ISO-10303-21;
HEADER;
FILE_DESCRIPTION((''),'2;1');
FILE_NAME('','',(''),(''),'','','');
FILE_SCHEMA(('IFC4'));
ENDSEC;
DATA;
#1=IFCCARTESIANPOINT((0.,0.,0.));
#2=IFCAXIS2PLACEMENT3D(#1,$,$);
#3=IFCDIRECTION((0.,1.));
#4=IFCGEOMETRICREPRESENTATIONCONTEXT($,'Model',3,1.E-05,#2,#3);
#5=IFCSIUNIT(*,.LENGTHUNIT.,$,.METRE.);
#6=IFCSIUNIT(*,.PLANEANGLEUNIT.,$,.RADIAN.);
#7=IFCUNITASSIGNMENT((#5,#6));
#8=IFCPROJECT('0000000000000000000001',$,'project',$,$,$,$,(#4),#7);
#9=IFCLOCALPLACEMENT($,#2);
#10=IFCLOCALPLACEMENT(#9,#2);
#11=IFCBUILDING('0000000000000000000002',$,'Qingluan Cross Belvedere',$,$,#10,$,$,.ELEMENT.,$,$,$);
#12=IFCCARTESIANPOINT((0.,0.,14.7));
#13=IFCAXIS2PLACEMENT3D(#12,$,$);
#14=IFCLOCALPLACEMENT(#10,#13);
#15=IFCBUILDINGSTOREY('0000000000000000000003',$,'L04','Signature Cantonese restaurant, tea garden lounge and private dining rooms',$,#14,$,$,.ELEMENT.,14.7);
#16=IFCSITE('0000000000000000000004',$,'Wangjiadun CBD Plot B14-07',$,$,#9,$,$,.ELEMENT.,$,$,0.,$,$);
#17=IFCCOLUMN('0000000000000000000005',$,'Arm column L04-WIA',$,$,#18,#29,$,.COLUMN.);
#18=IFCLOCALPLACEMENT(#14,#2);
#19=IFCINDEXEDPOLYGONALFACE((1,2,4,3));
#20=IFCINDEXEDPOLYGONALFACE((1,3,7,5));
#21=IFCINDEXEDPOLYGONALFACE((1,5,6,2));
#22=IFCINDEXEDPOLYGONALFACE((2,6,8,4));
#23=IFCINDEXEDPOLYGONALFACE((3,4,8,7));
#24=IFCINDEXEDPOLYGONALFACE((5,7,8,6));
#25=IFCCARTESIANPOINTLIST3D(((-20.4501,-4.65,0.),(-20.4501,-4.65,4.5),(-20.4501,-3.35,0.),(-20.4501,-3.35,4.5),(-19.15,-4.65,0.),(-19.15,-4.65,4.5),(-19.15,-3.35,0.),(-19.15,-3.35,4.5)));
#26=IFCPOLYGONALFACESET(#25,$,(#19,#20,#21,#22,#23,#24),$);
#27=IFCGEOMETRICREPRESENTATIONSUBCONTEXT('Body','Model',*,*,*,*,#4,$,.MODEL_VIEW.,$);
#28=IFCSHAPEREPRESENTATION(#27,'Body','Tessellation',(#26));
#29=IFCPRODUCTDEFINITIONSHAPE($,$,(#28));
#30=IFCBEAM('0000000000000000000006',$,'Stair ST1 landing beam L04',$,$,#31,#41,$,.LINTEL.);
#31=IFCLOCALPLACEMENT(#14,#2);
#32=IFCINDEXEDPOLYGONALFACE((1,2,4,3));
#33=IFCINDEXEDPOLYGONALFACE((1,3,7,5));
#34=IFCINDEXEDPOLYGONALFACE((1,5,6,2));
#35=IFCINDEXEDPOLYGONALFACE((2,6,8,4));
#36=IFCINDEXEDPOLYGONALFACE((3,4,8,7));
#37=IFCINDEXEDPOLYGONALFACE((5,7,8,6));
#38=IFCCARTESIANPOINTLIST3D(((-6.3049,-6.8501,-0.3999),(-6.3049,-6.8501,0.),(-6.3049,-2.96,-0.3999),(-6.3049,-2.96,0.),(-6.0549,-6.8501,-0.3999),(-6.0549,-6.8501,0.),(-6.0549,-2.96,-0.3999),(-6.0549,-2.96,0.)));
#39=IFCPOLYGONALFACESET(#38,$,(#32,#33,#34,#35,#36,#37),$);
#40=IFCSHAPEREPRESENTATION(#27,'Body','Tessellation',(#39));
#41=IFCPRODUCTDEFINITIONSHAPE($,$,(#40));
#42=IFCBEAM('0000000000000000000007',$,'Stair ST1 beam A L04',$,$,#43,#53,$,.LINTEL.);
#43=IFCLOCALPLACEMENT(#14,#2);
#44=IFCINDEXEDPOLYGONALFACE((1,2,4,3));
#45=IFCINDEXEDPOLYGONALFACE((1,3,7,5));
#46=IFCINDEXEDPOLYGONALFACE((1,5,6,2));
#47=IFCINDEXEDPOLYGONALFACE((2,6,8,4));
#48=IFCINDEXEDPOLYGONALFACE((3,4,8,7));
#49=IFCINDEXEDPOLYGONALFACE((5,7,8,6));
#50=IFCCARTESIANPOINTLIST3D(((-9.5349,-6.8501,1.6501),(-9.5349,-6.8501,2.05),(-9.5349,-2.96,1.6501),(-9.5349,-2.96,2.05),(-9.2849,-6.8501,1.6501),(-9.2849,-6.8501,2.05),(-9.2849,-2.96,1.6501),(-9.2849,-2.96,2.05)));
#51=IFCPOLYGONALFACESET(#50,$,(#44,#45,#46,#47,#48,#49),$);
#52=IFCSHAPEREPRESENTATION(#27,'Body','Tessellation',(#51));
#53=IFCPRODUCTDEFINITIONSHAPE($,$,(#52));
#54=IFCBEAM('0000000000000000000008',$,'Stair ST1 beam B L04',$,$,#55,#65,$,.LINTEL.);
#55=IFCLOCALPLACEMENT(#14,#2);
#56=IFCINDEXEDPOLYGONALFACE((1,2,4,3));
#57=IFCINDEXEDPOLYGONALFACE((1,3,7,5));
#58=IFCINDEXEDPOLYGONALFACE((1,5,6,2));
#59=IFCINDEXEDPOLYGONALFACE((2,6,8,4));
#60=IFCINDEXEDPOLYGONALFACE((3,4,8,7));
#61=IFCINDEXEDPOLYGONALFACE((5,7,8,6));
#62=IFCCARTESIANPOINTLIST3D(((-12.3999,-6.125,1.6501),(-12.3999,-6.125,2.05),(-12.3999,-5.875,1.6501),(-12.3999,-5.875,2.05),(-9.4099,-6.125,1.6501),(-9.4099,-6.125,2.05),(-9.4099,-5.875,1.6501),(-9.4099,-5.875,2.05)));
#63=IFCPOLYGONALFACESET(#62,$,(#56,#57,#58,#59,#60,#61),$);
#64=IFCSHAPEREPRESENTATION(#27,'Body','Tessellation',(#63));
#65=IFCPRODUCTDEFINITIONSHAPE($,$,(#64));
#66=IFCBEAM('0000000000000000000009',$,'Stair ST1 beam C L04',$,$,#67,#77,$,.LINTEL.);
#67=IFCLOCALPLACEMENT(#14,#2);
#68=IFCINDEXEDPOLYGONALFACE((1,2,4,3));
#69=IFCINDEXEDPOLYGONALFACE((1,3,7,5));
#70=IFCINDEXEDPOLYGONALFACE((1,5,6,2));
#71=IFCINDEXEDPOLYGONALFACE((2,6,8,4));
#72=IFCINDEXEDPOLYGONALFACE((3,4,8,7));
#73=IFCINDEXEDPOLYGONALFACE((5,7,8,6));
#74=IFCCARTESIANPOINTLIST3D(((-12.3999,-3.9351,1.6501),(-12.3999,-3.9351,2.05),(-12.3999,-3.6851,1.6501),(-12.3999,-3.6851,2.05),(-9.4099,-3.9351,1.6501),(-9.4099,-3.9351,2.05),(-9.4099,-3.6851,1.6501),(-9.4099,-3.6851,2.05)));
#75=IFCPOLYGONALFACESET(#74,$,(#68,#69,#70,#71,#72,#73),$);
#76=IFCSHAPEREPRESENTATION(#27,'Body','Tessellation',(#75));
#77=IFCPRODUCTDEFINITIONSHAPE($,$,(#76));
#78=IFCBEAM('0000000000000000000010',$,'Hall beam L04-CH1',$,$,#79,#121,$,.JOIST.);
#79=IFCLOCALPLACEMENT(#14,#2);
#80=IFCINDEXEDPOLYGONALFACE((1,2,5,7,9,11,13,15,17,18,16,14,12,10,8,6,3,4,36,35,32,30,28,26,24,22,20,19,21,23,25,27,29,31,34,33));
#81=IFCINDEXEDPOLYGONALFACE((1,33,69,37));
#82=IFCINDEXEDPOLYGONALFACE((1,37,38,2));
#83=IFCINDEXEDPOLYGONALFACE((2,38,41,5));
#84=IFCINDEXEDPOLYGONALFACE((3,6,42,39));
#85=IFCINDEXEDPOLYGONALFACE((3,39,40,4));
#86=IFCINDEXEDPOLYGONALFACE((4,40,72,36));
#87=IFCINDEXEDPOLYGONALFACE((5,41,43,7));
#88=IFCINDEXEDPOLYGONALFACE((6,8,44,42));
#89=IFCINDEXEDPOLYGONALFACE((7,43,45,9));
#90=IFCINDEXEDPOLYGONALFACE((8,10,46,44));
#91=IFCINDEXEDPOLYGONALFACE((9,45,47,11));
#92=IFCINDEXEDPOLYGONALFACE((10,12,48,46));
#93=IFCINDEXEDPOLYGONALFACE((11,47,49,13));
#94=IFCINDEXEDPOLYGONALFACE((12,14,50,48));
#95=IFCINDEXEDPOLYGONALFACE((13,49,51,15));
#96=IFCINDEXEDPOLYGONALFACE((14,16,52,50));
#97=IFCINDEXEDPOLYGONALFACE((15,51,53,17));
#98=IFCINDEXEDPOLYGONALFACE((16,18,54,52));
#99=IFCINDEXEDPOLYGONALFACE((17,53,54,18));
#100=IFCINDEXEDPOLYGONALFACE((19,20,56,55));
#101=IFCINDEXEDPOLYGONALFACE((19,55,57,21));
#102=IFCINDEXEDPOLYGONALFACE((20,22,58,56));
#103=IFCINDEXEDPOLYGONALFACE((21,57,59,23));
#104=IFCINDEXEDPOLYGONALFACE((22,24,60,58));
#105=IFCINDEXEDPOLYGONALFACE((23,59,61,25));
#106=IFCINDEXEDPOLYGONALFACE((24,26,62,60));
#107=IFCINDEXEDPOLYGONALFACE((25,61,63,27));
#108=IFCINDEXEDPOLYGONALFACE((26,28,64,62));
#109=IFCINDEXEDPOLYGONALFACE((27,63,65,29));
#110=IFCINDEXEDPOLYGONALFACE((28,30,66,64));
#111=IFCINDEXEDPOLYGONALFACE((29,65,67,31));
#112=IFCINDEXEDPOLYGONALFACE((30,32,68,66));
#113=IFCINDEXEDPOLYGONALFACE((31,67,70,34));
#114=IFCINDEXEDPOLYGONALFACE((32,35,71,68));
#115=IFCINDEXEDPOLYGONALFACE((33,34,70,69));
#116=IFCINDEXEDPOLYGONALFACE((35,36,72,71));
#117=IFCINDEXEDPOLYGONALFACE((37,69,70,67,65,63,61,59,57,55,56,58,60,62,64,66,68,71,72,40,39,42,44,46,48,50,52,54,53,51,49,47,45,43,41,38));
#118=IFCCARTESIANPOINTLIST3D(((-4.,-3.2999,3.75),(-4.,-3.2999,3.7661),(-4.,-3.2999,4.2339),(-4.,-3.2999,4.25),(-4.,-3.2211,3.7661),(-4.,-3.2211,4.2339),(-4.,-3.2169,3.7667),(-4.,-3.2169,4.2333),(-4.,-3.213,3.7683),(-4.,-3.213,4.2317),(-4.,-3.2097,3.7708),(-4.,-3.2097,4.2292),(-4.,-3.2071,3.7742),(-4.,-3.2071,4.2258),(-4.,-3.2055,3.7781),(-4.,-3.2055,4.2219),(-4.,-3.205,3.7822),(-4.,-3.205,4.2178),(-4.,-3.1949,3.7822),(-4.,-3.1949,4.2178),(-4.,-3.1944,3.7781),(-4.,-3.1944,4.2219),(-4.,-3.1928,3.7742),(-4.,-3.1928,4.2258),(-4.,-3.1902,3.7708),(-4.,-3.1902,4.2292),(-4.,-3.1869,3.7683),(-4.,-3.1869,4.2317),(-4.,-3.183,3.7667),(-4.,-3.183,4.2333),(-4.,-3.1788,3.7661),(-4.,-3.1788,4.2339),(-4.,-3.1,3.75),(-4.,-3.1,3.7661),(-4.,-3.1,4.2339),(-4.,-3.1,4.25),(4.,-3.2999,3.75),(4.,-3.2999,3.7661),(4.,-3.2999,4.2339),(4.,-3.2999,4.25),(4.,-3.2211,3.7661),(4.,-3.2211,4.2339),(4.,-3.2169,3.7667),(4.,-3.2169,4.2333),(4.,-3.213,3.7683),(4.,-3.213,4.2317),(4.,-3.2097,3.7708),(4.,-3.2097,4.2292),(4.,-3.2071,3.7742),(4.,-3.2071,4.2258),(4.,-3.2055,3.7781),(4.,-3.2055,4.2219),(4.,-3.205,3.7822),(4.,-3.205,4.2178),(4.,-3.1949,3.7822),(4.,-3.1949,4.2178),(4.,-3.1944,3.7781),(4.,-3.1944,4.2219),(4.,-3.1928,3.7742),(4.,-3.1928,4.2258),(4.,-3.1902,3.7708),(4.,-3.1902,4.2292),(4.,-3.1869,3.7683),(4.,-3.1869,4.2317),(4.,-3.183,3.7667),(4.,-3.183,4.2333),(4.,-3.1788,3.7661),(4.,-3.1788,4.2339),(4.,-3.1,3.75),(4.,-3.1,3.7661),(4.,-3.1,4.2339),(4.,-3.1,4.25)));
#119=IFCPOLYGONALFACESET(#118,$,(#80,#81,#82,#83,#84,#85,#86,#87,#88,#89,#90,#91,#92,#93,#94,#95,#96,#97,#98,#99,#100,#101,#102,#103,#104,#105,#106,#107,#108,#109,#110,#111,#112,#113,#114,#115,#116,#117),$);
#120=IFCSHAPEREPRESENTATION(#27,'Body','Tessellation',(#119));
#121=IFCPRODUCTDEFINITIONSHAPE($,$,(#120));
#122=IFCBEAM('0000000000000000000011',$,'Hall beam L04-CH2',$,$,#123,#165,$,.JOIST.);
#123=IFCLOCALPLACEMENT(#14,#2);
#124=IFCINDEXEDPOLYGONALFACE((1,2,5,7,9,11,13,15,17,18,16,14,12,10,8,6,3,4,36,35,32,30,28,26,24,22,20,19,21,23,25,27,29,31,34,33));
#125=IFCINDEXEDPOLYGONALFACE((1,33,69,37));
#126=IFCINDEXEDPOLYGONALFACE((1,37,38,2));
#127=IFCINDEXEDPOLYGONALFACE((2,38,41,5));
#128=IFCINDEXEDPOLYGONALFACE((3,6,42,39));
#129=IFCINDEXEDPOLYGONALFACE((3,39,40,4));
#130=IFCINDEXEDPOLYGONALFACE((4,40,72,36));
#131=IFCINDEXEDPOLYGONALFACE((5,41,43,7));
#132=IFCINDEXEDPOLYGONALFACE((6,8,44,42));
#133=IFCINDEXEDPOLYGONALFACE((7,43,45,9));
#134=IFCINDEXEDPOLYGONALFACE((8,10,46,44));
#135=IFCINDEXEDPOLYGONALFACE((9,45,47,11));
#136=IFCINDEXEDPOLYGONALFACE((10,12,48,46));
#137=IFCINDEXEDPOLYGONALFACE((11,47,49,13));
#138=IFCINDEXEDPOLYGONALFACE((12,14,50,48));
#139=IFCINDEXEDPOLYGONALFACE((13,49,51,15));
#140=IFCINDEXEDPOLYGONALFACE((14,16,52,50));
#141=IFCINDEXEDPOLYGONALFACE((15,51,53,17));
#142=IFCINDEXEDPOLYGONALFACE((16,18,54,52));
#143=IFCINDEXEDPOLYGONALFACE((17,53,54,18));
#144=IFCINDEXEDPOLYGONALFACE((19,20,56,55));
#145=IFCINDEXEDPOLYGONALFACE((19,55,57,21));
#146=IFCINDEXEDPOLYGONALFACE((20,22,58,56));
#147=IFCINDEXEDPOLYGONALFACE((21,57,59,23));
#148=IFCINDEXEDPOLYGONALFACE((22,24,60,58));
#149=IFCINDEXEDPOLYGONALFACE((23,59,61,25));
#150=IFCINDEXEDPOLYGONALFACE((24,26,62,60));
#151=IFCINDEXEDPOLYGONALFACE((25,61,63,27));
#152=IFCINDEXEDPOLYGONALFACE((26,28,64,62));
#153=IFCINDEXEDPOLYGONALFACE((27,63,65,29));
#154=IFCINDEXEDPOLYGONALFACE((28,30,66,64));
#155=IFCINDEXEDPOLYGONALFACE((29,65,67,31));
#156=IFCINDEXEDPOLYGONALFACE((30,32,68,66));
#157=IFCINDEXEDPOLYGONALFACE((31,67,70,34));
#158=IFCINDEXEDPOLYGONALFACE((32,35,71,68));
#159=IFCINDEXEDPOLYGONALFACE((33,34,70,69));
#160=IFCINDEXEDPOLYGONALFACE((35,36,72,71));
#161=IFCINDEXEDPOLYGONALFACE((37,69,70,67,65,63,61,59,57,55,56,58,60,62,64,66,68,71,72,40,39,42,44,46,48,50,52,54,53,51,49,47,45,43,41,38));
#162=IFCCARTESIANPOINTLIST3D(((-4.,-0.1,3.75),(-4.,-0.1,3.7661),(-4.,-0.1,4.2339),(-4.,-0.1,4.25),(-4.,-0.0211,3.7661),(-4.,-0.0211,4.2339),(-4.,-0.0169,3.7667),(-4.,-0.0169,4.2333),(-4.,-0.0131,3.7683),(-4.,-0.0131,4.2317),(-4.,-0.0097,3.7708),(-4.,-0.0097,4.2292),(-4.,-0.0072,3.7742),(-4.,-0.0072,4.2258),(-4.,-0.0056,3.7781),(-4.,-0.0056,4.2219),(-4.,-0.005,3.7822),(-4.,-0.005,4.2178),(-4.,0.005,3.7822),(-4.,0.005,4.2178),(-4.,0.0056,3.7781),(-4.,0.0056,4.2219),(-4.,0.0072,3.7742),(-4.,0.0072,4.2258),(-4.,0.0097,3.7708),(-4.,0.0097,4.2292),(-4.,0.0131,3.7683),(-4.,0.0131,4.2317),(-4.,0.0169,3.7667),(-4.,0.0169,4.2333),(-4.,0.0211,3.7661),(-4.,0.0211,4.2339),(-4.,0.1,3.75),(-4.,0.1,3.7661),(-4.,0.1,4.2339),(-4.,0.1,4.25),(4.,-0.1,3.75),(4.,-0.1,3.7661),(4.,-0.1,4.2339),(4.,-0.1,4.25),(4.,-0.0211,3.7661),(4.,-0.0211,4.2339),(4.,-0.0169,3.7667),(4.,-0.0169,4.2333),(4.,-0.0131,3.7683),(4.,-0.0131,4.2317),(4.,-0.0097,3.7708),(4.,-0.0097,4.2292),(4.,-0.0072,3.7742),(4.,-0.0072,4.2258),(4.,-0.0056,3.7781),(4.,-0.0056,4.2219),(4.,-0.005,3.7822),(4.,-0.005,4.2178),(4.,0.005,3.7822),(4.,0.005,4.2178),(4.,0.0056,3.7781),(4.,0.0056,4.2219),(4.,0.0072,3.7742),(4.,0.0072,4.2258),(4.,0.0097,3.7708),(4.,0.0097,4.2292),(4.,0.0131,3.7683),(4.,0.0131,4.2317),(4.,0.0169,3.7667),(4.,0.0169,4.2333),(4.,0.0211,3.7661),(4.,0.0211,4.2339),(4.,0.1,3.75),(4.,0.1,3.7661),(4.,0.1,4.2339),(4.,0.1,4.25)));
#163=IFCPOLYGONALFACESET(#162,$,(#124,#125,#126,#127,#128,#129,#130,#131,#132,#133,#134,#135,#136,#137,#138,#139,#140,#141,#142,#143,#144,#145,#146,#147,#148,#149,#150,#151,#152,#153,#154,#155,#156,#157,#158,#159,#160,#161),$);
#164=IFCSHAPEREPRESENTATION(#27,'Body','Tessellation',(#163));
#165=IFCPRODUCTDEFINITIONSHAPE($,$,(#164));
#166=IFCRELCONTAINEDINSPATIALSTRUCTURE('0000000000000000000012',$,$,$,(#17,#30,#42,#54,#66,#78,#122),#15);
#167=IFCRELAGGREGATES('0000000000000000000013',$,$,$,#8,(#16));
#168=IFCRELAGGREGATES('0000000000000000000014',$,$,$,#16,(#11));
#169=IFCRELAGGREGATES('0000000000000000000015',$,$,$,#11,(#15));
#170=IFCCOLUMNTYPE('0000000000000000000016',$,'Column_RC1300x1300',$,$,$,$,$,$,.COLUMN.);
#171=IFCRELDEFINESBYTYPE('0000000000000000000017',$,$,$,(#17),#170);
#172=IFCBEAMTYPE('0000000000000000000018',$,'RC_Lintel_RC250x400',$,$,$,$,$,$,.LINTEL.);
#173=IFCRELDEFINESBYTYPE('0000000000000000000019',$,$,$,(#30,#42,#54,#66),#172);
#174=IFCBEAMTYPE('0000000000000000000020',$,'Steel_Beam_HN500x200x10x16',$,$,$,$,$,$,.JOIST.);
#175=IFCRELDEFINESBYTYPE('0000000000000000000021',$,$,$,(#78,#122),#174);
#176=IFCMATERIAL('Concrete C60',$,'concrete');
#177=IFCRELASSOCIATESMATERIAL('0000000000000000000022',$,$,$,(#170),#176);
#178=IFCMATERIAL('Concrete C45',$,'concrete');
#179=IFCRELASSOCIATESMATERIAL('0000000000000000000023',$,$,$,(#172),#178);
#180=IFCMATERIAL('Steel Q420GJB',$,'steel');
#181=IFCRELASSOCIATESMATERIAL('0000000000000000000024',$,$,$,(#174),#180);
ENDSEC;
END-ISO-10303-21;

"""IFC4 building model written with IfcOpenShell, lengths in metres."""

from ifc_helpers import new_model, si_unit, direction, frame, origin, origin_2d, place, context, subcontext, project, spatial, rectangle, i_section, extrude, material, material_profile, profile_set, type_object, element, save


model = new_model("IFC4")

# Units and contexts
model_context = context("Model", 3, precision=1e-05, world=origin(), true_north=direction((0.0, 1.0)))
body_context = subcontext(model_context, "Body", "Model", "MODEL_VIEW")
ifc_project = project(units=[si_unit("LENGTHUNIT", "METRE"), si_unit("PLANEANGLEUNIT", "RADIAN")], contexts=[model_context])

# Site, building, storey
site_placement = place(None, origin())
site = spatial("IfcSite", under=ifc_project, at=site_placement, Name="Wangjiadun CBD Plot B14-07", CompositionType="ELEMENT", RefElevation=0.0)
building_placement = place(site_placement, origin())
building = spatial("IfcBuilding", under=site, at=building_placement, Name="Qingluan Cross Belvedere", CompositionType="ELEMENT")
storey_placement = place(building_placement, frame((0.0, 0.0, 14.7)))
storey = spatial("IfcBuildingStorey", under=building, at=storey_placement, Name="L04", Description="Signature Cantonese restaurant, tea garden lounge and private dining rooms", CompositionType="ELEMENT", Elevation=14.7)

# Column
ifc_material_1 = material(Name="Concrete C60", Category="concrete")
ifc_material_profile_1 = material_profile(ifc_material_1, rectangle(XDim=1.3, YDim=1.3, at=origin_2d()), Name="RC1300x1300")
ifc_profile_set_1 = profile_set([ifc_material_profile_1], Name="Concrete C60")
column_type = type_object("IfcColumnType", Name="Column_RC1300x1300", PredefinedType="COLUMN", material=ifc_profile_set_1)
column_placement = place(storey_placement, frame((-19.8, -4.0, 0.0), z_axis=(0.0, 0.0, 1.0), x_axis=(1.0, 0.0, 0.0)))
element("IfcColumn", 1, at=column_placement, inside=storey, type_object=column_type, Name="Arm column L04-WIA", PredefinedType="COLUMN", context=body_context, shape_type="SweptSolid", body=[
    extrude(rectangle(XDim=1.3, YDim=1.3, at=origin_2d()), origin(), (0.0, 0.0, 1.0), 4.5),
])

# Beams
ifc_material_2 = material(Name="Concrete C45", Category="concrete")
ifc_material_profile_2 = material_profile(ifc_material_2, rectangle(XDim=0.25, YDim=0.3999, at=origin_2d()), Name="RC250x400")
ifc_profile_set_2 = profile_set([ifc_material_profile_2], Name="Concrete C45")
beam_type_1 = type_object("IfcBeamType", Name="RC_Lintel_RC250x400", PredefinedType="LINTEL", material=ifc_profile_set_2)
for number, where, z_axis, x_axis, name in (
    (2, (-6.1799, -6.8501, -0.2), (0.0, 1.0, 0.0), (-1.0, 0.0, 0.0), "Stair ST1 landing beam L04"),
    (3, (-9.4099, -6.8501, 1.8501), (0.0, 1.0, 0.0), (-1.0, 0.0, 0.0), "Stair ST1 beam A L04"),
):
    element("IfcBeam", number, at=place(storey_placement, frame(where, z_axis=z_axis, x_axis=x_axis)), inside=storey, type_object=beam_type_1, Name=name, PredefinedType="LINTEL", context=body_context, shape_type="SweptSolid", body=[
        extrude(rectangle(XDim=0.25, YDim=0.3999, at=origin_2d()), origin(), (0.0, 0.0, 1.0), 3.8901),
    ])
for number, where, z_axis, x_axis, name in (
    (4, (-12.3999, -6.0, 1.8501), (1.0, 0.0, 0.0), (0.0, 1.0, 0.0), "Stair ST1 beam B L04"),
    (5, (-12.3999, -3.8101, 1.8501), (1.0, 0.0, 0.0), (0.0, 1.0, 0.0), "Stair ST1 beam C L04"),
):
    element("IfcBeam", number, at=place(storey_placement, frame(where, z_axis=z_axis, x_axis=x_axis)), inside=storey, type_object=beam_type_1, Name=name, PredefinedType="LINTEL", context=body_context, shape_type="SweptSolid", body=[
        extrude(rectangle(XDim=0.25, YDim=0.3999, at=origin_2d()), origin(), (0.0, 0.0, 1.0), 2.99),
    ])
ifc_material_3 = material(Name="Steel Q420GJB", Category="steel")
ifc_material_profile_3 = material_profile(ifc_material_3, i_section(OverallWidth=0.2, OverallDepth=0.5, WebThickness=0.01, FlangeThickness=0.0161, FilletRadius=0.0161, at=origin_2d()), Name="HN500x200x10x16")
ifc_profile_set_3 = profile_set([ifc_material_profile_3], Name="Steel Q420GJB")
beam_type_2 = type_object("IfcBeamType", Name="Steel_Beam_HN500x200x10x16", PredefinedType="JOIST", material=ifc_profile_set_3)
for number, where, z_axis, x_axis, name in (
    (6, (-4.0, -3.2, 4.0), (1.0, 0.0, 0.0), (0.0, 1.0, 0.0), "Hall beam L04-CH1"),
    (7, (-4.0, 0.0, 4.0), (1.0, 0.0, 0.0), (0.0, 1.0, 0.0), "Hall beam L04-CH2"),
):
    element("IfcBeam", number, at=place(storey_placement, frame(where, z_axis=z_axis, x_axis=x_axis)), inside=storey, type_object=beam_type_2, Name=name, PredefinedType="JOIST", context=body_context, shape_type="SweptSolid", body=[
        extrude(i_section(OverallWidth=0.2, OverallDepth=0.5, WebThickness=0.01, FlangeThickness=0.0161, FilletRadius=0.0161, at=origin_2d()), origin(), (0.0, 0.0, 1.0), 8.0),
    ])

save(model, "model.ifc")
